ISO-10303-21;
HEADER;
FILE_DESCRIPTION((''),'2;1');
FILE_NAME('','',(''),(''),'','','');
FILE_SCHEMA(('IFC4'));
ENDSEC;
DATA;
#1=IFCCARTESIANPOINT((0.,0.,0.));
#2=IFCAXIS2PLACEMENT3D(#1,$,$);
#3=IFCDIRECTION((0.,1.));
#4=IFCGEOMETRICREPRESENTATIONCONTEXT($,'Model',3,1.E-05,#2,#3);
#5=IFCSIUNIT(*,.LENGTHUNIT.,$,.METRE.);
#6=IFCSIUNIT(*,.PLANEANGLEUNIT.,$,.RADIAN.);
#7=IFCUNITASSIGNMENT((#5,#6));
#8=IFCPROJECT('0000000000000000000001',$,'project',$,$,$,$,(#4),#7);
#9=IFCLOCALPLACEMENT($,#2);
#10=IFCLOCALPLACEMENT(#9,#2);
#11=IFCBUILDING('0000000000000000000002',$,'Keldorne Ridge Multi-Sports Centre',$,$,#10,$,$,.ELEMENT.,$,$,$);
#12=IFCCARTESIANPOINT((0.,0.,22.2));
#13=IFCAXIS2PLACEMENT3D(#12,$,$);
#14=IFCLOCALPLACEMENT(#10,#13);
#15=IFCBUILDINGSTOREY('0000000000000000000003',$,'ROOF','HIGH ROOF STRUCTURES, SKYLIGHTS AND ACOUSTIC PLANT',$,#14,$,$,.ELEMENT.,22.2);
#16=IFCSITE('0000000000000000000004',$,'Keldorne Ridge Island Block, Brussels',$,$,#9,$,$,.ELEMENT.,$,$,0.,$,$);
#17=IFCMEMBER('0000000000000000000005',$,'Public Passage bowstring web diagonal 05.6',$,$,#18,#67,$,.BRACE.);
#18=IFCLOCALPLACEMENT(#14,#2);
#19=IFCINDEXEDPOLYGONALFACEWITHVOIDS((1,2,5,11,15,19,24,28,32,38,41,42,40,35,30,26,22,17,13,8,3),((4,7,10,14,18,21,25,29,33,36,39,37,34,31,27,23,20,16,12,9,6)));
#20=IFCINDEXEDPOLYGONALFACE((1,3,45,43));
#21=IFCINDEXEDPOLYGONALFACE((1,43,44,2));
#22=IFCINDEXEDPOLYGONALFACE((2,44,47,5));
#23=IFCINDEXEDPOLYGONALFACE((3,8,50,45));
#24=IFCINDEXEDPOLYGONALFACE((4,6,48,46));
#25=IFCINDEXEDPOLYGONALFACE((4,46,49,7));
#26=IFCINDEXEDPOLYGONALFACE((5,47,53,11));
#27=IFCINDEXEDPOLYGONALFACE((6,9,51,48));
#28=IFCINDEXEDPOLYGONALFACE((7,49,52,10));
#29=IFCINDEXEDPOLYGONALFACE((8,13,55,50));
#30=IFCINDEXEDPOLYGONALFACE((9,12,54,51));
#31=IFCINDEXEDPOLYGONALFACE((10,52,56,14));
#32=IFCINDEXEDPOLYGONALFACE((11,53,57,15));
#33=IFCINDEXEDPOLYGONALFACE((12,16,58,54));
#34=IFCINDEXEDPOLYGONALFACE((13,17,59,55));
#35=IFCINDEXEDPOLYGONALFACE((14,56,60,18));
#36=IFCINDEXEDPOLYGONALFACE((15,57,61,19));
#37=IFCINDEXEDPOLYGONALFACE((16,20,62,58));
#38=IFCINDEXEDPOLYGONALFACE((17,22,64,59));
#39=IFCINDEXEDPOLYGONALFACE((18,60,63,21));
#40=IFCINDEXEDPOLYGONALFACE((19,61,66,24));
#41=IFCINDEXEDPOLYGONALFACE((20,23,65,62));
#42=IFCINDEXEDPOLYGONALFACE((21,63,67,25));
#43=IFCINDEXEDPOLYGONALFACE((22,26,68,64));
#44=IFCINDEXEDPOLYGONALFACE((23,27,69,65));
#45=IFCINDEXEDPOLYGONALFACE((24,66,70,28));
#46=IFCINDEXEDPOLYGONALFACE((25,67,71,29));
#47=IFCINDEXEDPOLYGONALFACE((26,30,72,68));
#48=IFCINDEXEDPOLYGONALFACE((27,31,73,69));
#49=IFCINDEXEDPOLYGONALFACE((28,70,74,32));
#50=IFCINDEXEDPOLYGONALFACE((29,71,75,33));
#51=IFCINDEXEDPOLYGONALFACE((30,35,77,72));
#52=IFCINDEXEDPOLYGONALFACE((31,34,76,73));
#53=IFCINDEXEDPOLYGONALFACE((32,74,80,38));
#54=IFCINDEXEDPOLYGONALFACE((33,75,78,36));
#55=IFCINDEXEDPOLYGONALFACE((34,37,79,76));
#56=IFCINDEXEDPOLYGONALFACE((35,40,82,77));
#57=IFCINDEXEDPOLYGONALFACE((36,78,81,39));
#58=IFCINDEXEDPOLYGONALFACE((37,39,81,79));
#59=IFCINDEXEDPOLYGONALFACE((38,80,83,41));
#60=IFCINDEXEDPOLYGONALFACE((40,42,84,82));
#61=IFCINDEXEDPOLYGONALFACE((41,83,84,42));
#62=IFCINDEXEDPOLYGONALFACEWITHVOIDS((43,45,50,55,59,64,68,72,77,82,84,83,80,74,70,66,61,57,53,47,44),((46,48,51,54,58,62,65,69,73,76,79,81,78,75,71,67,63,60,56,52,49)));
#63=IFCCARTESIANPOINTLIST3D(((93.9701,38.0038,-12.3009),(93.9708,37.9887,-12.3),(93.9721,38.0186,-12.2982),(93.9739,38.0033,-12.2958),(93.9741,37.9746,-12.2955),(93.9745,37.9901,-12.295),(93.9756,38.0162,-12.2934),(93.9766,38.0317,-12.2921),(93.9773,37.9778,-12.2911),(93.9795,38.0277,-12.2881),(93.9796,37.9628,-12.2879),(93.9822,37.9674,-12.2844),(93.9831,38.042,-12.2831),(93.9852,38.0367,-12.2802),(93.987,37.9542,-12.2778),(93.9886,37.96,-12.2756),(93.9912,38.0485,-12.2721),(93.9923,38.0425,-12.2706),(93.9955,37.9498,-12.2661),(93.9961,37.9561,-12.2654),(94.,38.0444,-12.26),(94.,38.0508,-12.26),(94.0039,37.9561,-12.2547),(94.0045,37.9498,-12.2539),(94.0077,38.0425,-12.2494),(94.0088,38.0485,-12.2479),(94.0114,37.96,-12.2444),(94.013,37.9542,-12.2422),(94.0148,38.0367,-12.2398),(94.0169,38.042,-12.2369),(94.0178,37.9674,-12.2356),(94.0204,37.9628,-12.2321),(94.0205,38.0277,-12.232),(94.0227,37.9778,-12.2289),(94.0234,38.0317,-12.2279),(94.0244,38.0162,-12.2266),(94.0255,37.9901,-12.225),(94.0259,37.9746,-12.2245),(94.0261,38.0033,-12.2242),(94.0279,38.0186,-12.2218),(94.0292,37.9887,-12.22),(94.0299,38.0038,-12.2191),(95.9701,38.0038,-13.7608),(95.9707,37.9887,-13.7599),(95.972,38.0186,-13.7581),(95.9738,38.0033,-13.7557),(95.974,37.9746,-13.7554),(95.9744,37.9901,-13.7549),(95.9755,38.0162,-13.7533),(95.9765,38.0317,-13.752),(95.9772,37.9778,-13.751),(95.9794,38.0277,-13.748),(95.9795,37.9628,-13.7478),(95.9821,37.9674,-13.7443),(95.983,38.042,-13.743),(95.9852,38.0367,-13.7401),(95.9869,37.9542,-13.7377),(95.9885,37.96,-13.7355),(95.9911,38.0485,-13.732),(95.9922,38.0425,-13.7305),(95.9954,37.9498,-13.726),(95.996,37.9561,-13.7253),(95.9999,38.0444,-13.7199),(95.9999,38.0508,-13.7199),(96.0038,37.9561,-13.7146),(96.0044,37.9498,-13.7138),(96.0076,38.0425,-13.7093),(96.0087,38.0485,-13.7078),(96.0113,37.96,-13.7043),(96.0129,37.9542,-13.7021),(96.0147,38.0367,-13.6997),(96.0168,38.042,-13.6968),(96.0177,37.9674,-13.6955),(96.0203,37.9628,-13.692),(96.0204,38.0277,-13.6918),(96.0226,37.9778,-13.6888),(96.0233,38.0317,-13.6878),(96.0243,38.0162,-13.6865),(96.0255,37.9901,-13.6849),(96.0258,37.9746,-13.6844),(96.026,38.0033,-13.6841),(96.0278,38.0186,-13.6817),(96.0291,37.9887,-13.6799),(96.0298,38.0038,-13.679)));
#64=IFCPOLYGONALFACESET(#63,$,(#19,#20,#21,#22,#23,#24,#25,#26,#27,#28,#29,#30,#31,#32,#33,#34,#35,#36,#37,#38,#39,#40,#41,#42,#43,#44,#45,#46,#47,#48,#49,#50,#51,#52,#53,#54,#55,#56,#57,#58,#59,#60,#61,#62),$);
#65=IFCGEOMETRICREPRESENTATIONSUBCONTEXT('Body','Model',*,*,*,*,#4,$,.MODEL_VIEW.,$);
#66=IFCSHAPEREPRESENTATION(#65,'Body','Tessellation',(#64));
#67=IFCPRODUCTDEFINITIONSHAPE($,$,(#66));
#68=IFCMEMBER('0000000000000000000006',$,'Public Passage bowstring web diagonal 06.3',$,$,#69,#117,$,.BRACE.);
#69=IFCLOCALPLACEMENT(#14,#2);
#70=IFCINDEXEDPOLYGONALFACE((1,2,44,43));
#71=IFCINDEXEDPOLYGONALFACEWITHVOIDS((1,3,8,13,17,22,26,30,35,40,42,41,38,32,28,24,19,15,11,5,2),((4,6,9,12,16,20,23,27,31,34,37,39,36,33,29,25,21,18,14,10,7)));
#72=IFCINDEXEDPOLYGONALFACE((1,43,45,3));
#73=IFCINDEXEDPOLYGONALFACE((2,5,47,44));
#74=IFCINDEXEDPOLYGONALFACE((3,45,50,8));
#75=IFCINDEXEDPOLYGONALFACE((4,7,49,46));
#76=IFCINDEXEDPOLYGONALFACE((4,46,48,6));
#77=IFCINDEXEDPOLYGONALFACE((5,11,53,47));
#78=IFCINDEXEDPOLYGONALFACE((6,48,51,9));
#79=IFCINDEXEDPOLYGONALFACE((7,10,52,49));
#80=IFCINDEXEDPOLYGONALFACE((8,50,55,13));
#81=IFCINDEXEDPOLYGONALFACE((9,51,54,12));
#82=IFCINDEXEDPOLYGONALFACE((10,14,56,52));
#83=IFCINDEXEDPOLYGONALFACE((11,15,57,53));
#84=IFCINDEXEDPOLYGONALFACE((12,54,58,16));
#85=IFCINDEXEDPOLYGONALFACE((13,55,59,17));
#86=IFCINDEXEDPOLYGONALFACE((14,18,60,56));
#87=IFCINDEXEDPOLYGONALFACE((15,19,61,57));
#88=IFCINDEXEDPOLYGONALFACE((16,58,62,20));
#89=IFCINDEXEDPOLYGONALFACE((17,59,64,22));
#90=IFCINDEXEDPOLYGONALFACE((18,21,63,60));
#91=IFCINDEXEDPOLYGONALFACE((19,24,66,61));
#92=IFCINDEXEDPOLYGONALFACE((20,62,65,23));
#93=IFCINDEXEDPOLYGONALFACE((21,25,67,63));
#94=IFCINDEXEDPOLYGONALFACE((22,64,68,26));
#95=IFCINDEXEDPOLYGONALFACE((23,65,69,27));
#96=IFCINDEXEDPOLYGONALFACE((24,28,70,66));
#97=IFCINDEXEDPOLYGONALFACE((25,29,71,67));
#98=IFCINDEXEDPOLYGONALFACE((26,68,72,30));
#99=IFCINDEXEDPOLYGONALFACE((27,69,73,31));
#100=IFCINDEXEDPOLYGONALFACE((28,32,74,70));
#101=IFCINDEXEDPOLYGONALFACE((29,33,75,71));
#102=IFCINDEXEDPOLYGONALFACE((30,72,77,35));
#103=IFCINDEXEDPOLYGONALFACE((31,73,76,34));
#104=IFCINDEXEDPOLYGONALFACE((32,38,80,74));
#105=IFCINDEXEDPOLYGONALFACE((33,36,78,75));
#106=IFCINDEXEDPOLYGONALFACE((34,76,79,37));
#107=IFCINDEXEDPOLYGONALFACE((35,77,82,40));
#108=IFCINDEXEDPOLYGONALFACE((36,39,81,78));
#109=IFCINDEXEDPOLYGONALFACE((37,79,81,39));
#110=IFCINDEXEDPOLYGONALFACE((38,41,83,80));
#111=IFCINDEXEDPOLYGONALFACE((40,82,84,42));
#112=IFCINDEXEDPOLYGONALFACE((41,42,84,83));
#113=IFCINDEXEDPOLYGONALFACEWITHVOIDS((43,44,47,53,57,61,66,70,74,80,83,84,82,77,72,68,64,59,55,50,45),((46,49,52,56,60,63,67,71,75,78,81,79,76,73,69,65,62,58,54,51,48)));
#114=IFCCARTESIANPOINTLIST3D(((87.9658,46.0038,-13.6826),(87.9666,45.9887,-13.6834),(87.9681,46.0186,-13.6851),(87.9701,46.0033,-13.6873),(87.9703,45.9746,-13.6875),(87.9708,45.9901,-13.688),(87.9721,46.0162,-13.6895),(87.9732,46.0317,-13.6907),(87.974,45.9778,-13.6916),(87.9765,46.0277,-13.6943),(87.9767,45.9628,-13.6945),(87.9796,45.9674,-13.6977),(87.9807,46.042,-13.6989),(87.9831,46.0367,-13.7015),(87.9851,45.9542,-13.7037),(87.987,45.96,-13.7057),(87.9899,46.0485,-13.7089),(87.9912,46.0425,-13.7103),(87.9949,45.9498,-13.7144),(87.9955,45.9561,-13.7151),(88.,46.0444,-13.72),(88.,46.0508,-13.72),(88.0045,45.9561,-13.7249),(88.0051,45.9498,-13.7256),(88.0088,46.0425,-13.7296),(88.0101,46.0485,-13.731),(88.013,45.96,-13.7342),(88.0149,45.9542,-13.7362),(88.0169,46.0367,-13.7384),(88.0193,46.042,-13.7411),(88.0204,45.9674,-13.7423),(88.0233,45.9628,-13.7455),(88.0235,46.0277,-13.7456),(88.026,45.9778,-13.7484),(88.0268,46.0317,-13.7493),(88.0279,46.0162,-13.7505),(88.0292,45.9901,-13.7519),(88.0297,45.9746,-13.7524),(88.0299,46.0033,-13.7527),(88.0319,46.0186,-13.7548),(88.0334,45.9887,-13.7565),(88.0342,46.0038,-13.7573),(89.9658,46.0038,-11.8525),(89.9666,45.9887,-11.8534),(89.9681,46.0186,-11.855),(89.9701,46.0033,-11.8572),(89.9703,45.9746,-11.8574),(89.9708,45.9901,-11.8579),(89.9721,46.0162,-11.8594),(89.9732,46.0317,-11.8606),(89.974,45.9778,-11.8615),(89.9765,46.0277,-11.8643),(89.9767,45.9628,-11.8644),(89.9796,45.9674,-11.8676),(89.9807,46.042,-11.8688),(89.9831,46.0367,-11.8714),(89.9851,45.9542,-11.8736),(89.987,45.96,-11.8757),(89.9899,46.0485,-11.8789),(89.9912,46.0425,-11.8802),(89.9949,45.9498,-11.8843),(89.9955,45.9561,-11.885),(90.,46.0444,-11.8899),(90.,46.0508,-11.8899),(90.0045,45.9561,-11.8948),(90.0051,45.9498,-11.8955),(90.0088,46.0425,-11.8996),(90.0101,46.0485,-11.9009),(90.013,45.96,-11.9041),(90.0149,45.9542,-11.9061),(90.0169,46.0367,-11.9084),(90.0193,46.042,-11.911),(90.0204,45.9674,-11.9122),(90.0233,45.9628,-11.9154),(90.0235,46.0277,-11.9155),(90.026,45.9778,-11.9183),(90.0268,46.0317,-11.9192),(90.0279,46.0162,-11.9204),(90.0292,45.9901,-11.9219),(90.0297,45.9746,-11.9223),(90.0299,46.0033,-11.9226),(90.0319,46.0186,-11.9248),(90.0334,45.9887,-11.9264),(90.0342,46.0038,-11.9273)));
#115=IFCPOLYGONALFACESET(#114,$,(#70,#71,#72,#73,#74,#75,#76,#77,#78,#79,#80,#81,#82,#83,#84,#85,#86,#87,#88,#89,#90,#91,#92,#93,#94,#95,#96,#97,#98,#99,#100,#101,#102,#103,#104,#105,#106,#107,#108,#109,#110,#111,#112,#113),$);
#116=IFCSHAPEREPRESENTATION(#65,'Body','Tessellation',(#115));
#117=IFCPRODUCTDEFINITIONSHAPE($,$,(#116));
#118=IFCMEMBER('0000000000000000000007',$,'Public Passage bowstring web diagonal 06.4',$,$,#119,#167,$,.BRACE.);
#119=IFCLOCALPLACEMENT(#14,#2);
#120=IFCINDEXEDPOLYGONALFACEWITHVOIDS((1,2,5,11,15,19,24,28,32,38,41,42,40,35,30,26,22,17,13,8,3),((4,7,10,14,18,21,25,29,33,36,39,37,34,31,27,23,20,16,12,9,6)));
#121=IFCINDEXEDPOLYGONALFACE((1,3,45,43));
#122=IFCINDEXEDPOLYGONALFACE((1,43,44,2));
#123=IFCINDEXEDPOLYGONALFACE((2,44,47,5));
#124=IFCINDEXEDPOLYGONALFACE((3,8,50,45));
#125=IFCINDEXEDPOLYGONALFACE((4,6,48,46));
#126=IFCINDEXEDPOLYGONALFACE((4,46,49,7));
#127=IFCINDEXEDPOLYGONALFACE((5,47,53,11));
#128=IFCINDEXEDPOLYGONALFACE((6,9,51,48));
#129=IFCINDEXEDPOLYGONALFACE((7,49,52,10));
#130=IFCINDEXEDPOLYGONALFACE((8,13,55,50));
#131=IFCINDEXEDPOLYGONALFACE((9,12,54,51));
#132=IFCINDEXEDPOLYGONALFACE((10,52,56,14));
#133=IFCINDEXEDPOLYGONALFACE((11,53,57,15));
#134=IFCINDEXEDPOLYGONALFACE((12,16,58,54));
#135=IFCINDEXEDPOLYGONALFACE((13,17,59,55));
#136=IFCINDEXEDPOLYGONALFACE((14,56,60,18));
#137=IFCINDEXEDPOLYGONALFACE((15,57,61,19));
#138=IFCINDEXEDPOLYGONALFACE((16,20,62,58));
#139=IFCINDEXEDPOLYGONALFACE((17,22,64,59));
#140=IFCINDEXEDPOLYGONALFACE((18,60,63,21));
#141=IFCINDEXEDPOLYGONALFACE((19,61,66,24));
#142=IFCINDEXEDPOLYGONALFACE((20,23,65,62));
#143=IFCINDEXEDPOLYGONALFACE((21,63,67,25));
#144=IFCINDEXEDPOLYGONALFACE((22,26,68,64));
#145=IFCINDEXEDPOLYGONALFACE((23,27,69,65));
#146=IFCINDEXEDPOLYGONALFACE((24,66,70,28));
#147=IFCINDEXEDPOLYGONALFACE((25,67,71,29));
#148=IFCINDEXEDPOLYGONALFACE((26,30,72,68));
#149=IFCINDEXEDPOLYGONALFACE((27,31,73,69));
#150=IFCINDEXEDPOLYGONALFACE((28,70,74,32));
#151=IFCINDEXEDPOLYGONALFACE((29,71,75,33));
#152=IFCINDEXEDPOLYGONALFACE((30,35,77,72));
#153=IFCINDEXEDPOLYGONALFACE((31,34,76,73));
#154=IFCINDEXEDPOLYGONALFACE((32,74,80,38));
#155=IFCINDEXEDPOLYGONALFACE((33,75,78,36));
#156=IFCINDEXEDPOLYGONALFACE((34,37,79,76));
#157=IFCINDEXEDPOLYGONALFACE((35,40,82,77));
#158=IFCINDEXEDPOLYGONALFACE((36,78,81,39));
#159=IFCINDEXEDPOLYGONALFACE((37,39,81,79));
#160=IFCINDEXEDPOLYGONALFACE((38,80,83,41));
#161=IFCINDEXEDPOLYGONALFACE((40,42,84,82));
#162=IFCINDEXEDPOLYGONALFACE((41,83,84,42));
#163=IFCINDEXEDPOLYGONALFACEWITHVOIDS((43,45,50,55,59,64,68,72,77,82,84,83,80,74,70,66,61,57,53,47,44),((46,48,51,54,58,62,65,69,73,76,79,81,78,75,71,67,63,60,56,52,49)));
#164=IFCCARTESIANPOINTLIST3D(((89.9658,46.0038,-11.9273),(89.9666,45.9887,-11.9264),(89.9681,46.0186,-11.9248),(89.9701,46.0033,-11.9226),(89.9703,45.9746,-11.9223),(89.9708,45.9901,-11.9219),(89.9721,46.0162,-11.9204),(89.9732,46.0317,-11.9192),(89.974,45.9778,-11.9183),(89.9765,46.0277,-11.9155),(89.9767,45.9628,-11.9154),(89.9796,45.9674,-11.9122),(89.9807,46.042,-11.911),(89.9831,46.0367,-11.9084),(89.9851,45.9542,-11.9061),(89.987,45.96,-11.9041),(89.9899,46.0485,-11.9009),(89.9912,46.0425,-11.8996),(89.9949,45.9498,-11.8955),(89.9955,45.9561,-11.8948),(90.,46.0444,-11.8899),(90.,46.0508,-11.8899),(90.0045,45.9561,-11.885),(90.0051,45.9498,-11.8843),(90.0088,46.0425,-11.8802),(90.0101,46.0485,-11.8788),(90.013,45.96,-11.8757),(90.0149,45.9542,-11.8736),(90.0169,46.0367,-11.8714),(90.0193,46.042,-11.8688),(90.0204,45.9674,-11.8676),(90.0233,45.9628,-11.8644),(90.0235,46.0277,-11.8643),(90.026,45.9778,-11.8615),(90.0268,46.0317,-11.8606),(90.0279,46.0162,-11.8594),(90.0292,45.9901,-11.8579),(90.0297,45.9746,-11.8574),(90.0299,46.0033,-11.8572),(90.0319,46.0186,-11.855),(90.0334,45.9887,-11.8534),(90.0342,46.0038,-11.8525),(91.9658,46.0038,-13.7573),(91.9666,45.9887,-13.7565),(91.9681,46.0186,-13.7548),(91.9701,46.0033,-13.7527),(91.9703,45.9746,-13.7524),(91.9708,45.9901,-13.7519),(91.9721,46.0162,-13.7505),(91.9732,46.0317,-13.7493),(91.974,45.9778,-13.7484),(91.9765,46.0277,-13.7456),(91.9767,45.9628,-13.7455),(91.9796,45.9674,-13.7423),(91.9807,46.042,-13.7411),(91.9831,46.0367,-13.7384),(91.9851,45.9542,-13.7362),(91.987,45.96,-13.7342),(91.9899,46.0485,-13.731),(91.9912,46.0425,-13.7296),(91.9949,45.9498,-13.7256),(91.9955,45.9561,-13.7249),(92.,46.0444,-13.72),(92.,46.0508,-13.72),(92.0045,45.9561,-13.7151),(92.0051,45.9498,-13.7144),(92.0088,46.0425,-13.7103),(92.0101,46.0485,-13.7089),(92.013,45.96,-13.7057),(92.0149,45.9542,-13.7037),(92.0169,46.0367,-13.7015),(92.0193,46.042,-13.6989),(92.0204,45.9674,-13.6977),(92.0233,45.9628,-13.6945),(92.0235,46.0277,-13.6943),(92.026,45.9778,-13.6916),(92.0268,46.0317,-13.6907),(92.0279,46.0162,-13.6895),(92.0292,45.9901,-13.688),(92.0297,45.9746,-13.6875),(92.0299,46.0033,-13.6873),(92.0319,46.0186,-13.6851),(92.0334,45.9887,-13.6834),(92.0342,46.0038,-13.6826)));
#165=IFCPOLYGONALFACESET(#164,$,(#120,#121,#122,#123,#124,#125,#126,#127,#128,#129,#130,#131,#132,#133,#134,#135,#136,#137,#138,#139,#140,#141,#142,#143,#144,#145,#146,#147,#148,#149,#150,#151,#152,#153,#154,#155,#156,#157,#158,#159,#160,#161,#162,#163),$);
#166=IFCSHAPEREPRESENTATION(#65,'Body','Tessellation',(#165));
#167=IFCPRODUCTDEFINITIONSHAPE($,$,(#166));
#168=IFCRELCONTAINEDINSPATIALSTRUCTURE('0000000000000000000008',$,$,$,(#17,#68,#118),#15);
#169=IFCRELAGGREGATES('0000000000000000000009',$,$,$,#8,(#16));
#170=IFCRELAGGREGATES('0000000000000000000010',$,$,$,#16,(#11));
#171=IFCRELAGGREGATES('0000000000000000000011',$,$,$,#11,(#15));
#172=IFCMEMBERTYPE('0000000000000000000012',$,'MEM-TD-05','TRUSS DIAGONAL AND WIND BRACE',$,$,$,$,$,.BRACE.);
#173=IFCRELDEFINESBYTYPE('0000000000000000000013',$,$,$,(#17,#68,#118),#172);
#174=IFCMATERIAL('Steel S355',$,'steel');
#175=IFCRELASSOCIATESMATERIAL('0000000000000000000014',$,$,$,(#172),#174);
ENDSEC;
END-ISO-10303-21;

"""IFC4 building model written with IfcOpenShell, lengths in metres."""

from ifc_helpers import new_model, si_unit, direction, frame, origin, origin_2d, place, context, subcontext, project, spatial, hollow_circle, extrude, material, material_profile, profile_set, type_object, element, save


model = new_model("IFC4")

# Units and contexts
model_context = context("Model", 3, precision=1e-05, world=origin(), true_north=direction((0.0, 1.0)))
body_context = subcontext(model_context, "Body", "Model", "MODEL_VIEW")
ifc_project = project(units=[si_unit("LENGTHUNIT", "METRE"), si_unit("PLANEANGLEUNIT", "RADIAN")], contexts=[model_context])

# Site, building, storey
site_placement = place(None, origin())
site = spatial("IfcSite", under=ifc_project, at=site_placement, Name="Keldorne Ridge Island Block, Brussels", CompositionType="ELEMENT", RefElevation=0.0)
building_placement = place(site_placement, origin())
building = spatial("IfcBuilding", under=site, at=building_placement, Name="Keldorne Ridge Multi-Sports Centre", CompositionType="ELEMENT")
storey_placement = place(building_placement, frame((0.0, 0.0, 22.2)))
storey = spatial("IfcBuildingStorey", under=building, at=storey_placement, Name="ROOF", Description="HIGH ROOF STRUCTURES, SKYLIGHTS AND ACOUSTIC PLANT", CompositionType="ELEMENT", Elevation=22.2)

# Members
ifc_material = material(Name="Steel S355", Category="steel")
ifc_material_profile_1 = material_profile(ifc_material, hollow_circle(Radius=0.0508, WallThickness=0.0063, at=origin_2d()), Name="CHS 101.6x6.3")
ifc_profile_set_1 = profile_set([ifc_material_profile_1], Name="Steel S355")
member_type_1 = type_object("IfcMemberType", Name="MEM-TD-05", Description="TRUSS DIAGONAL AND WIND BRACE", PredefinedType="BRACE", material=ifc_profile_set_1)
for number, where, z_axis, x_axis, name in (
    (1, (94.0, 38.0, -12.26), (0.807695, 0.0, -0.589601), (0.0, 1.0, 0.0), "Public Passage bowstring web diagonal 05.6"),
):
    element("IfcMember", number, at=place(storey_placement, frame(where, z_axis=z_axis, x_axis=x_axis)), inside=storey, type_object=member_type_1, Name=name, PredefinedType="BRACE", context=body_context, shape_type="SweptSolid", body=[
        extrude(hollow_circle(Radius=0.0508, WallThickness=0.0063, at=origin_2d()), origin(), (0.0, 0.0, 1.0), 2.4761),
    ])
for number, where, z_axis, x_axis, name in (
    (2, (88.0, 46.0, -13.72), (0.737752, 0.0, 0.675072), (0.0, 1.0, 0.0), "Public Passage bowstring web diagonal 06.3"),
    (3, (90.0, 46.0, -11.8899), (0.737752, 0.0, -0.675072), (0.0, 1.0, 0.0), "Public Passage bowstring web diagonal 06.4"),
):
    element("IfcMember", number, at=place(storey_placement, frame(where, z_axis=z_axis, x_axis=x_axis)), inside=storey, type_object=member_type_1, Name=name, PredefinedType="BRACE", context=body_context, shape_type="SweptSolid", body=[
        extrude(hollow_circle(Radius=0.0508, WallThickness=0.0063, at=origin_2d()), origin(), (0.0, 0.0, 1.0), 2.7109),
    ])

save(model, "model.ifc")
